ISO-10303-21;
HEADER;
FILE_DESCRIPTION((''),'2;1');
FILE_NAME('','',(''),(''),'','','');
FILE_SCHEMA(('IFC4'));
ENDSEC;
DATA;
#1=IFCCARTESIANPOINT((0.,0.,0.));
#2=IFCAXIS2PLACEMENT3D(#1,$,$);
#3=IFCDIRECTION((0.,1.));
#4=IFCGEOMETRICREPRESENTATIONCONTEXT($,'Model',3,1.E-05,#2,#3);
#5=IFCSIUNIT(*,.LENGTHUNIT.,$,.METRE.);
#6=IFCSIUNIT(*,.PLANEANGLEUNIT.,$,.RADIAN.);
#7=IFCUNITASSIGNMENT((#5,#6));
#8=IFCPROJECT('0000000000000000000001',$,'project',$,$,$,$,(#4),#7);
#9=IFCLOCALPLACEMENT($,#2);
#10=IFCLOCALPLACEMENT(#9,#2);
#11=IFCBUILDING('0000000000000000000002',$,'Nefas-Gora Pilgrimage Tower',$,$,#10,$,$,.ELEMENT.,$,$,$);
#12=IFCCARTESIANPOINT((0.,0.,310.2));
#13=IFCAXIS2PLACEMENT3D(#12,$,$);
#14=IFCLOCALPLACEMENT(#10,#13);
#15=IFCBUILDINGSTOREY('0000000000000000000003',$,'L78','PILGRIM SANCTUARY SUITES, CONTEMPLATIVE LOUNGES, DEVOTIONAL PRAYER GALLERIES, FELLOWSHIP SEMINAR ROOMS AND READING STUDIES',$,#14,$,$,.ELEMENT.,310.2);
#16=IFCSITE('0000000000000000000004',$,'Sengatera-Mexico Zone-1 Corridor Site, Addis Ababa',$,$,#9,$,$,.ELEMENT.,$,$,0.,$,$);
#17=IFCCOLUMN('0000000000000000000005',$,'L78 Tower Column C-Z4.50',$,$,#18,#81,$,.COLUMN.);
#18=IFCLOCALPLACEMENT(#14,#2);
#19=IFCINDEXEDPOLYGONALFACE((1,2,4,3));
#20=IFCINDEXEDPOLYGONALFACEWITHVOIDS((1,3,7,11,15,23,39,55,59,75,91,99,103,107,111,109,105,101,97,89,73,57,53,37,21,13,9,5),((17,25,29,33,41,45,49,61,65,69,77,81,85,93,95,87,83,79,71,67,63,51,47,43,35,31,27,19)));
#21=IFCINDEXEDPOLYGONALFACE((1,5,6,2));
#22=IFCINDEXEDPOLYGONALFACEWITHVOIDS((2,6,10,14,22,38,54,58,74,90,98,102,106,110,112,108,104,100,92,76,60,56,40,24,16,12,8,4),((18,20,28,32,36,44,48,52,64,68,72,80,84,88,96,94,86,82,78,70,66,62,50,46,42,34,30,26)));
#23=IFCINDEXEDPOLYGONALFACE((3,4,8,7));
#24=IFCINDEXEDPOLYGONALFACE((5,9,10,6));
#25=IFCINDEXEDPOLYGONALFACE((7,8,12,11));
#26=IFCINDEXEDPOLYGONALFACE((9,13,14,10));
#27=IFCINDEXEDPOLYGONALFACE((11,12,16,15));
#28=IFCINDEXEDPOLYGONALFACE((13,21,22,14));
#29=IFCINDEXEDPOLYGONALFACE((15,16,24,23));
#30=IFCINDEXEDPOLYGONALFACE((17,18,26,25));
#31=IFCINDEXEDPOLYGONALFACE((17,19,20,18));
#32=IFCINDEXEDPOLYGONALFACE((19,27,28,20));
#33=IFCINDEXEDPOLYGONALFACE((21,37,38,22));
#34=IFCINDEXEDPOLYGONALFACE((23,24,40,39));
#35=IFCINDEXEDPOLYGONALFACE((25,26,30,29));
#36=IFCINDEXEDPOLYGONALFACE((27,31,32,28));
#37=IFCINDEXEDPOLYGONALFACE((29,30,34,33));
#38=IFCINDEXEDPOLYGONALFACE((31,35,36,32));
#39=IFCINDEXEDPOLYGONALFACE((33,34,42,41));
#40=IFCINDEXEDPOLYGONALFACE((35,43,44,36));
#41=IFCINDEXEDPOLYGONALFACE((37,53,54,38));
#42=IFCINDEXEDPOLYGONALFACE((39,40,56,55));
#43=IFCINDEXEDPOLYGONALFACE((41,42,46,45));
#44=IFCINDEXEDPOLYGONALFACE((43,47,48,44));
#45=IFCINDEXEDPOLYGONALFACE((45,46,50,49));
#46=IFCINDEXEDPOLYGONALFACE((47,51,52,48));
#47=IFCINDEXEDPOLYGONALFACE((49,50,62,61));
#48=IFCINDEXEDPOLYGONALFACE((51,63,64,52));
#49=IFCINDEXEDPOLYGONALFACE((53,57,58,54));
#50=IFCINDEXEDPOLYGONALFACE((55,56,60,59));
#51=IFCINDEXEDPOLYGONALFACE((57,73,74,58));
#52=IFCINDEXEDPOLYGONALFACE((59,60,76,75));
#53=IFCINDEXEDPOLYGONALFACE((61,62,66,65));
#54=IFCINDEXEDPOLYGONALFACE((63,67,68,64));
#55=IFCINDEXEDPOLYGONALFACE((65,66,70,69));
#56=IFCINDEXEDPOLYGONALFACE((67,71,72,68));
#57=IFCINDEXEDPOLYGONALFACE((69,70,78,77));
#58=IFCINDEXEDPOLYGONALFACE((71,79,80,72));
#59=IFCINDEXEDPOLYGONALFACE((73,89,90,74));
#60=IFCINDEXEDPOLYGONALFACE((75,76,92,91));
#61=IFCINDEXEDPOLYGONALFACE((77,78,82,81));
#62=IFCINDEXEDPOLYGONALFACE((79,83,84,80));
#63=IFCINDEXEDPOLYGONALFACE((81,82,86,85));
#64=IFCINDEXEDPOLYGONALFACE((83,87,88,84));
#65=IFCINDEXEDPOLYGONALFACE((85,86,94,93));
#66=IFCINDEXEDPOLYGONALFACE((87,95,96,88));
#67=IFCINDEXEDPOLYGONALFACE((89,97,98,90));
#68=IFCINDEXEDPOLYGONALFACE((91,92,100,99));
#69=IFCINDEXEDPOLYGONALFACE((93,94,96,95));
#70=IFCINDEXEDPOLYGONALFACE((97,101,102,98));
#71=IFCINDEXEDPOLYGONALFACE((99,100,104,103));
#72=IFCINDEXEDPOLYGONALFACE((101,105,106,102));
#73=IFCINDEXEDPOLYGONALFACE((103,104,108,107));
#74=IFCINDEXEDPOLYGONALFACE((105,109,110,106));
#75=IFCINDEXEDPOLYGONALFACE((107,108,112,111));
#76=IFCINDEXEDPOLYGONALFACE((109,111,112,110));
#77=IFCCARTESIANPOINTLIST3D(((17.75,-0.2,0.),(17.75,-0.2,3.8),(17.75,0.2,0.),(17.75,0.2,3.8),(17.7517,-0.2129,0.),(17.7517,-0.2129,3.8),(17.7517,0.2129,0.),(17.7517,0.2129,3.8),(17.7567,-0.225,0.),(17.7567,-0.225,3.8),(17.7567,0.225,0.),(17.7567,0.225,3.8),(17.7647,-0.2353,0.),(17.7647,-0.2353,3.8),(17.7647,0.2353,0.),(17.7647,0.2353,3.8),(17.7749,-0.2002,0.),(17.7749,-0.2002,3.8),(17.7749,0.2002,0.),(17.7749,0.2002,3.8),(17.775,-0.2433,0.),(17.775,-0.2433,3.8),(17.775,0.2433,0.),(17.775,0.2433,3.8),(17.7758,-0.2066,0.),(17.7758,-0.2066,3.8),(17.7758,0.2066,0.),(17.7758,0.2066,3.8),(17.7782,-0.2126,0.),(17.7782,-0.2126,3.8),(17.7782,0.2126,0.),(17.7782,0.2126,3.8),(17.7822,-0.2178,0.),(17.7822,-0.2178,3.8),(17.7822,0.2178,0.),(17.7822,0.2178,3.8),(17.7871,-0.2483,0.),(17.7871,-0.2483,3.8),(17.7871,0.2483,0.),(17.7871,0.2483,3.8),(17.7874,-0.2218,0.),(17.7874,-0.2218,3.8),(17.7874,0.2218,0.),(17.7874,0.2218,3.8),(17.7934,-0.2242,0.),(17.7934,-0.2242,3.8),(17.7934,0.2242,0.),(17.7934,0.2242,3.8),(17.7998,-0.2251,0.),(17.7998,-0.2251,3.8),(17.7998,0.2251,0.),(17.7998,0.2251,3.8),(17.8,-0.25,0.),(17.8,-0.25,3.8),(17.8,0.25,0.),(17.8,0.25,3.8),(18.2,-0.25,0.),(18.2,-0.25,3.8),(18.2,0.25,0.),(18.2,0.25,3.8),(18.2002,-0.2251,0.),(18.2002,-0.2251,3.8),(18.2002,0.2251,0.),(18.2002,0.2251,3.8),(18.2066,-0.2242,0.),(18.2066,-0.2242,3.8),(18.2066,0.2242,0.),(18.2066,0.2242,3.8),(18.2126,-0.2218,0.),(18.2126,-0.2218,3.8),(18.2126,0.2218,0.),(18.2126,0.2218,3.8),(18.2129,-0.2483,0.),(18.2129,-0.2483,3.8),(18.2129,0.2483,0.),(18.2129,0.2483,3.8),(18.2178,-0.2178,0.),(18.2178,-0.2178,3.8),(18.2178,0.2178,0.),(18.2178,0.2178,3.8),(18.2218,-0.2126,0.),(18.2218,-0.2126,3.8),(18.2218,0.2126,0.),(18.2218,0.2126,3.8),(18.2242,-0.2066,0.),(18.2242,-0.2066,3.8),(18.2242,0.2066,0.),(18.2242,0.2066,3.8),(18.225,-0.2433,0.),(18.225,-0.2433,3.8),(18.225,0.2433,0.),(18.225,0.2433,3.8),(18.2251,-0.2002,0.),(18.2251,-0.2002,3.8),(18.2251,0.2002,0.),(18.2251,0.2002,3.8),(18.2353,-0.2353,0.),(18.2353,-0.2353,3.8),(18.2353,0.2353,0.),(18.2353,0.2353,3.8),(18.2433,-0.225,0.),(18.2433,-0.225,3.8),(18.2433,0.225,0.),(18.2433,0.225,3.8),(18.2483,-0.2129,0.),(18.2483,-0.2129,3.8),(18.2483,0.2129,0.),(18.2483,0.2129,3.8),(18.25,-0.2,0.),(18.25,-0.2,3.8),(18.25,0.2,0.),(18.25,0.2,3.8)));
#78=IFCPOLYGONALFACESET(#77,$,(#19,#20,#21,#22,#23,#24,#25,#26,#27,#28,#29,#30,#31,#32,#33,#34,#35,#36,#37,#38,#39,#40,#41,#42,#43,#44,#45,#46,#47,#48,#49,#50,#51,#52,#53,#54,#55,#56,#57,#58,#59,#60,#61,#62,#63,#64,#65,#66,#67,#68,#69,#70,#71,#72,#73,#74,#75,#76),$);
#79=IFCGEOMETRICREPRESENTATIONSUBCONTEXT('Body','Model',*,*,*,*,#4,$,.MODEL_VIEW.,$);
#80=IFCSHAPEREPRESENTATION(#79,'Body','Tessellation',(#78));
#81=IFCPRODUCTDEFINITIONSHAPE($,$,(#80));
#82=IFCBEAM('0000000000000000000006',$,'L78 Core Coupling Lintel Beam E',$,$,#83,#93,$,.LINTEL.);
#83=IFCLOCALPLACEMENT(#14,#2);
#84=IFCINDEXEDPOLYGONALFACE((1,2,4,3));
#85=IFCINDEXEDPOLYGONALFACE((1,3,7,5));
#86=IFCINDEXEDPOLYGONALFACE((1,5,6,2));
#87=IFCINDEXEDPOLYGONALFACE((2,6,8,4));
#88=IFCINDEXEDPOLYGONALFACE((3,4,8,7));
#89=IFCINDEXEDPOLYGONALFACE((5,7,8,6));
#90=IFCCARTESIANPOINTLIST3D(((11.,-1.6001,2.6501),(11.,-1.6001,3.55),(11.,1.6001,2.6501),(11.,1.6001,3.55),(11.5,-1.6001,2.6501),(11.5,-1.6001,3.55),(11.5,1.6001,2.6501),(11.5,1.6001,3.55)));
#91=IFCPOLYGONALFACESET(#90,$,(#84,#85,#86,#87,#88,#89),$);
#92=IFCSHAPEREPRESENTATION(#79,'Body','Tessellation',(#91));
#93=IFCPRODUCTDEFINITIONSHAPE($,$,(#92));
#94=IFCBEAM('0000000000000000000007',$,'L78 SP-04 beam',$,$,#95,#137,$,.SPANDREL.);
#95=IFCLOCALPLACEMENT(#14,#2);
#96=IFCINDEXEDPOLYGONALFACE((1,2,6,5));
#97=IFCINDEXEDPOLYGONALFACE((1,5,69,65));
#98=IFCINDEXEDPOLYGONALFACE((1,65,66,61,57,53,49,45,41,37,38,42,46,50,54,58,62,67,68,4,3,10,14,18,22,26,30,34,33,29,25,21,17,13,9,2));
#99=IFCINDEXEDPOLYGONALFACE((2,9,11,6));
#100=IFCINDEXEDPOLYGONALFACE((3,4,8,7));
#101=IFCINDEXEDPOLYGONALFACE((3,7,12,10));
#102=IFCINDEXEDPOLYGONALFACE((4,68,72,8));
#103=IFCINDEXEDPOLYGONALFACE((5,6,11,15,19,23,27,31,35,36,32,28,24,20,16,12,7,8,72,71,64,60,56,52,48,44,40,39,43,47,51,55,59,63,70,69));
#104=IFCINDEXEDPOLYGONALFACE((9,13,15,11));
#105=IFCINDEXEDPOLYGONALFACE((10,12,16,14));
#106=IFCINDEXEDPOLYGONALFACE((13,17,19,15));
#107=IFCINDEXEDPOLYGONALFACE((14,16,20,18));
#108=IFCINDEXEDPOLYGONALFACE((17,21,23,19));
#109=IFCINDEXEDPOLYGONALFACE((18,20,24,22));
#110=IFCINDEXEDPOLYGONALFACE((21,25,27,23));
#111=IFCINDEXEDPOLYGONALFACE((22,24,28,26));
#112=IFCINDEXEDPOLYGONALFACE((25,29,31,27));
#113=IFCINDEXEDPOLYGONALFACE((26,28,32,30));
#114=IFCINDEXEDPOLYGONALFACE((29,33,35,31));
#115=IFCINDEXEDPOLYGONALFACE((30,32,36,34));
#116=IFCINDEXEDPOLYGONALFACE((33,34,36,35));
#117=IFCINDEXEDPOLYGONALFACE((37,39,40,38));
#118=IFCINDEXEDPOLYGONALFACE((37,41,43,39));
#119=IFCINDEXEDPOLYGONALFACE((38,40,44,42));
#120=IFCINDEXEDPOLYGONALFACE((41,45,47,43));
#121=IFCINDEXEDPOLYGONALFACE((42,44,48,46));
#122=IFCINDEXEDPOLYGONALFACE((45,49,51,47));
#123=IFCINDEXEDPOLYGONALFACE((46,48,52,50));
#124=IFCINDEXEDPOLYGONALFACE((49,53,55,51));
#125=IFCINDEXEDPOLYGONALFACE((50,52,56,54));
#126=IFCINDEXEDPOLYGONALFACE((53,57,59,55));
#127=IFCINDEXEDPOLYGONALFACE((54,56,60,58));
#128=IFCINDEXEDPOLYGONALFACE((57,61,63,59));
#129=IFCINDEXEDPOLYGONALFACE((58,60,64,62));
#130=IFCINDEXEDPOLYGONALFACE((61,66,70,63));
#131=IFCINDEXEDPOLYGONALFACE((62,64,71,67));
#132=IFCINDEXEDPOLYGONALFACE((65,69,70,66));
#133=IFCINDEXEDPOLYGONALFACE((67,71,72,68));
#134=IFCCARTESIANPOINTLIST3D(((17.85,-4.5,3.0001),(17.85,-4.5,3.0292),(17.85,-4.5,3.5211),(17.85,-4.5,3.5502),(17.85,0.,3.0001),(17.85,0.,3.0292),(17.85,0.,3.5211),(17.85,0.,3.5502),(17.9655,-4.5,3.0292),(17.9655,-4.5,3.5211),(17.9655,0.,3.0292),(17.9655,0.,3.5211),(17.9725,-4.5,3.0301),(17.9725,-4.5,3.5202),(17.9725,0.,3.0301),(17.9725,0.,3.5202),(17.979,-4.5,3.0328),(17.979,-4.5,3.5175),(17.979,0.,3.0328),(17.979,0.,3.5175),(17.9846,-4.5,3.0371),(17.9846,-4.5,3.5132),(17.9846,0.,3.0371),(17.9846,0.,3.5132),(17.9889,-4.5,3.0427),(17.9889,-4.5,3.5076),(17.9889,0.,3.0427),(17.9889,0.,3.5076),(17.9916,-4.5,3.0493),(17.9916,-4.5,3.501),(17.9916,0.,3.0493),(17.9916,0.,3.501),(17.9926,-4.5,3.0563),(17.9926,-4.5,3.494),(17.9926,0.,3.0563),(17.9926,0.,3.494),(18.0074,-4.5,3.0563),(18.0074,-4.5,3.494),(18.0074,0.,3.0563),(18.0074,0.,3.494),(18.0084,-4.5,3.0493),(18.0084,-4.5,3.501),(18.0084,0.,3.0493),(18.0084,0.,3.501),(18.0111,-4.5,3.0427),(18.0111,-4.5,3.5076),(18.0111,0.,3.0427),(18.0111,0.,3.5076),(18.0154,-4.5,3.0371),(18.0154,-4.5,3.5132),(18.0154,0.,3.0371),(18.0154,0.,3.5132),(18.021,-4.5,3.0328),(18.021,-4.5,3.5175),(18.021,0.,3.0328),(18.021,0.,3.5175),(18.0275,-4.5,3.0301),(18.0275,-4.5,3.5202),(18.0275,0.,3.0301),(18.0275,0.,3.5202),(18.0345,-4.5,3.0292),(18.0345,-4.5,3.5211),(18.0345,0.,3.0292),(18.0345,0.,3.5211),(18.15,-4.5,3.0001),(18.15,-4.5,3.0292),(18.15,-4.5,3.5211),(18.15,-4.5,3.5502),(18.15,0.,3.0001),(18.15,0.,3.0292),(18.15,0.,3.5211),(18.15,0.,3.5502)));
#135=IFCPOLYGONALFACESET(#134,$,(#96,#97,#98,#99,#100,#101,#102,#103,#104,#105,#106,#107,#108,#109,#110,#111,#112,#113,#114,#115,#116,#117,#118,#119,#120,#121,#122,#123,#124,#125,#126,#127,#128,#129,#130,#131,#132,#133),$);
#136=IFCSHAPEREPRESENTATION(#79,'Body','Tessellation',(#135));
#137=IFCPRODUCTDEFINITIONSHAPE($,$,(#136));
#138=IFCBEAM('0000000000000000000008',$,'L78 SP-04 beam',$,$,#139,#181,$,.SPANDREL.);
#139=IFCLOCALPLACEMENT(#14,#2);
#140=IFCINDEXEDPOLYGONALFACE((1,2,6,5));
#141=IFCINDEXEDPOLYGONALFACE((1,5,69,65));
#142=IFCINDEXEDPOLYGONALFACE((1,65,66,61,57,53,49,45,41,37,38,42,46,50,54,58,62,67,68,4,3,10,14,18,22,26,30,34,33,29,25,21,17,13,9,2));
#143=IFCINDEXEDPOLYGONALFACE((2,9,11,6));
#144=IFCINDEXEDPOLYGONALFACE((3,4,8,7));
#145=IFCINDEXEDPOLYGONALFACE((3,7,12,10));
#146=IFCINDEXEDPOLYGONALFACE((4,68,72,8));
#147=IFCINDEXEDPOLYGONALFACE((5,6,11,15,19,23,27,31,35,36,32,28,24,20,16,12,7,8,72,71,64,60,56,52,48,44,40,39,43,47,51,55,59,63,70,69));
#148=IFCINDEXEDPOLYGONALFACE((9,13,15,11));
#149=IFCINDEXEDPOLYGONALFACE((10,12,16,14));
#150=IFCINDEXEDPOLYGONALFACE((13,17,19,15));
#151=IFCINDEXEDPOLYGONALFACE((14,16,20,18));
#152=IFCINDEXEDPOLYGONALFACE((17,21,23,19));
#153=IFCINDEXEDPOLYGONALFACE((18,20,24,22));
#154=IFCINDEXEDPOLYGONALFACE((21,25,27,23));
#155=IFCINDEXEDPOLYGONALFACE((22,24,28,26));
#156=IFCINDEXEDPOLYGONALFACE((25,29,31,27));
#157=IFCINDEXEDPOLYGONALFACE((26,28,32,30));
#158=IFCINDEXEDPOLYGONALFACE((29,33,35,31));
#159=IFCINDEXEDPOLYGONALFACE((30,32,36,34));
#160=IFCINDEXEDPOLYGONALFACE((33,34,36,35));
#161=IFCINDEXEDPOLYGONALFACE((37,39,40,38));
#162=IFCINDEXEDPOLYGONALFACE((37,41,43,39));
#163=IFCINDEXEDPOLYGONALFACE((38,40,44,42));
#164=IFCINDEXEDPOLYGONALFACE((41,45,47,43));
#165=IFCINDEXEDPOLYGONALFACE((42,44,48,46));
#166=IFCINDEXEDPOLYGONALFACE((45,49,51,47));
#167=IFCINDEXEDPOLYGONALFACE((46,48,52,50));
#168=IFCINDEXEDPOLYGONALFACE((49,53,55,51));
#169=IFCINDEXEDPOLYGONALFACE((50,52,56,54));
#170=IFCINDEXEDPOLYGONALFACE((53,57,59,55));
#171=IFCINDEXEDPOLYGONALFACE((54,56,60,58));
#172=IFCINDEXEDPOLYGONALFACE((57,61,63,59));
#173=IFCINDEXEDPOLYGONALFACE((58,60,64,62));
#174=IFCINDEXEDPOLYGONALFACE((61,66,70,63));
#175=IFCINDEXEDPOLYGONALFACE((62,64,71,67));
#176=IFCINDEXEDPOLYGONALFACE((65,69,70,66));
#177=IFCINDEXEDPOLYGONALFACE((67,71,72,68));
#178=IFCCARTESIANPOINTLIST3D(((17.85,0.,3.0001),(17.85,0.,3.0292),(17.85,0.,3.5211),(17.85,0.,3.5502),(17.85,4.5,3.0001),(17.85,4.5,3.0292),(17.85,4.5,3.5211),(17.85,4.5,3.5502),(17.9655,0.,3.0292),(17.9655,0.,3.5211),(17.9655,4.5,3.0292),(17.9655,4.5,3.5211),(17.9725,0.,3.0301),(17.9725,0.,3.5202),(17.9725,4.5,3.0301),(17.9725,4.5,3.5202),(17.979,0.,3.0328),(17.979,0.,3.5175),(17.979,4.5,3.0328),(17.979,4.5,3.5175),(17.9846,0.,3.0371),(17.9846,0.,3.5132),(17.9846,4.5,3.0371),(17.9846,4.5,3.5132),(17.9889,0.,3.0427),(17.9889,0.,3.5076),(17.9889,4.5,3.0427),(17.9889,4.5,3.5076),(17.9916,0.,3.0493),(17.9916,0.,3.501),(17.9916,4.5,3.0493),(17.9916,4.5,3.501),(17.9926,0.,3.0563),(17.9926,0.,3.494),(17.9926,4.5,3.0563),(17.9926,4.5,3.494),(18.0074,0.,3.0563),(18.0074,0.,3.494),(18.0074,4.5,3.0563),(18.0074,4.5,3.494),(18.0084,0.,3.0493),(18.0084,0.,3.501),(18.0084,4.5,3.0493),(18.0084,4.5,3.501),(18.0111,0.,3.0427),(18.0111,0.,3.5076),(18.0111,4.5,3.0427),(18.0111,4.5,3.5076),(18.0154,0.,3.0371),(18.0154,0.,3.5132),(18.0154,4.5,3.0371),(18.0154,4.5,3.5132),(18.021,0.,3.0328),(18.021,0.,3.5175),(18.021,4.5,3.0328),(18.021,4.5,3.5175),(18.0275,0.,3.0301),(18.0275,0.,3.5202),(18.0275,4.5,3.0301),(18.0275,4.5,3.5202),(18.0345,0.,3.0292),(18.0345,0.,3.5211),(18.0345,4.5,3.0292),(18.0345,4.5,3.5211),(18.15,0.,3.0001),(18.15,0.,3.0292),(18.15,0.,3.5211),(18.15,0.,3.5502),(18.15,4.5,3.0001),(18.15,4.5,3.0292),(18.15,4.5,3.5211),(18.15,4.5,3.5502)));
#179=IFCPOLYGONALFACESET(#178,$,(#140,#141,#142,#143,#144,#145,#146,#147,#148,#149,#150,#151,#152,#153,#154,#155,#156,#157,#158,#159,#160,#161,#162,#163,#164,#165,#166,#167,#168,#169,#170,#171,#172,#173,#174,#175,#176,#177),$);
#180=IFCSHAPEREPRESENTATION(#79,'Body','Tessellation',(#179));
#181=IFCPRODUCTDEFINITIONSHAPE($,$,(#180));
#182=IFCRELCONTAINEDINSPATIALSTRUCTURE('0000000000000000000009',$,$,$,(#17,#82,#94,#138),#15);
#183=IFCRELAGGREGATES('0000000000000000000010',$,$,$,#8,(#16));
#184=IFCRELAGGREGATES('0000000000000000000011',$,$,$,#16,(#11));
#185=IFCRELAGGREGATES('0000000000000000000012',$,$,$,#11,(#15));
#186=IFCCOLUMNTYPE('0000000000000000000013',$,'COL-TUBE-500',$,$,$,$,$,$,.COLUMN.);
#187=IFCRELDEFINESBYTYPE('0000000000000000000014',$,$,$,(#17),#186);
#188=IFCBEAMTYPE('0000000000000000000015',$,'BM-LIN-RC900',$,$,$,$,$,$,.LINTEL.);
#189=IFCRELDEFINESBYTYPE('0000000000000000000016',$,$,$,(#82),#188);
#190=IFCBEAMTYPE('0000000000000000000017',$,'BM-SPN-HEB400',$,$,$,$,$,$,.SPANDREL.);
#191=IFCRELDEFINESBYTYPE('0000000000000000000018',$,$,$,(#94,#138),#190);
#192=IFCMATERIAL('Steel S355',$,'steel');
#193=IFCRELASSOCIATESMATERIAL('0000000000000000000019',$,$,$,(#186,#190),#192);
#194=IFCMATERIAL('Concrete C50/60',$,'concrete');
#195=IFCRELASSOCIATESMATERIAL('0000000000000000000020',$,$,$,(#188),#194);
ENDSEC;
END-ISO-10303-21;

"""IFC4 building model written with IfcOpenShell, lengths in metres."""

from ifc_helpers import new_model, si_unit, direction, frame, origin, origin_2d, place, context, subcontext, project, spatial, rectangle, hollow_rectangle, i_section, extrude, source, transform, mapped, material, material_profile, profile_set, type_object, element, save


model = new_model("IFC4")

# Units and contexts
model_context = context("Model", 3, precision=1e-05, world=origin(), true_north=direction((0.0, 1.0)))
body_context = subcontext(model_context, "Body", "Model", "MODEL_VIEW")
ifc_project = project(units=[si_unit("LENGTHUNIT", "METRE"), si_unit("PLANEANGLEUNIT", "RADIAN")], contexts=[model_context])

# Site, building, storey
site_placement = place(None, origin())
site = spatial("IfcSite", under=ifc_project, at=site_placement, Name="Sengatera-Mexico Zone-1 Corridor Site, Addis Ababa", CompositionType="ELEMENT", RefElevation=0.0)
building_placement = place(site_placement, origin())
building = spatial("IfcBuilding", under=site, at=building_placement, Name="Nefas-Gora Pilgrimage Tower", CompositionType="ELEMENT")
storey_placement = place(building_placement, frame((0.0, 0.0, 310.2)))
storey = spatial("IfcBuildingStorey", under=building, at=storey_placement, Name="L78", Description="PILGRIM SANCTUARY SUITES, CONTEMPLATIVE LOUNGES, DEVOTIONAL PRAYER GALLERIES, FELLOWSHIP SEMINAR ROOMS AND READING STUDIES", CompositionType="ELEMENT", Elevation=310.2)

# Column
ifc_material_1 = material(Name="Steel S355", Category="steel")
ifc_material_profile_1 = material_profile(ifc_material_1, hollow_rectangle(XDim=0.5, YDim=0.5, WallThickness=0.0249, InnerFilletRadius=0.0249, OuterFilletRadius=0.05, at=origin_2d()), Name="SHS 500x500x25")
ifc_profile_set_1 = profile_set([ifc_material_profile_1], Name="Steel S355")
column_type_1 = type_object("IfcColumnType", Name="COL-TUBE-500", PredefinedType="COLUMN", material=ifc_profile_set_1)
shared_shape_1 = source(origin(), body_context, "Body", "SweptSolid", [
    extrude(hollow_rectangle(XDim=0.5, YDim=0.5, WallThickness=0.0249, InnerFilletRadius=0.0249, OuterFilletRadius=0.05, at=origin_2d()), origin(), (0.0, 0.0, 1.0), 3.8),
])
for number, where, z_axis, x_axis, name in (
    (1, (18.0, 0.0, 0.0), (0.0, 0.0, 1.0), (1.0, 0.0, 0.0), "L78 Tower Column C-Z4.50"),
):
    element("IfcColumn", number, at=place(storey_placement, frame(where, z_axis=z_axis, x_axis=x_axis)), inside=storey, type_object=column_type_1, Name=name, PredefinedType="COLUMN", context=body_context, shape_type="MappedRepresentation", body=[
        mapped(shared_shape_1, transform((0.0, 0.0, 0.0), x_axis=(1.0, 0.0, 0.0), y_axis=(0.0, 1.0, 0.0), z_axis=(0.0, 0.0, 1.0), scale=1.0)),
    ])

# Beams
ifc_material_2 = material(Name="Concrete C50/60", Category="concrete")
ifc_material_profile_2 = material_profile(ifc_material_2, rectangle(XDim=0.5, YDim=0.8999, at=origin_2d()), Name="RC 500x900")
ifc_profile_set_2 = profile_set([ifc_material_profile_2], Name="Concrete C50/60")
beam_type_1 = type_object("IfcBeamType", Name="BM-LIN-RC900", PredefinedType="LINTEL", material=ifc_profile_set_2)
shared_shape_2 = source(origin(), body_context, "Body", "SweptSolid", [
    extrude(rectangle(XDim=0.5, YDim=0.8999, at=origin_2d()), origin(), (0.0, 0.0, 1.0), 3.2002),
])
beam_placement = place(storey_placement, frame((11.25, -1.6001, 3.1001), z_axis=(0.0, 1.0, 0.0), x_axis=(-1.0, 0.0, 0.0)))
element("IfcBeam", 2, at=beam_placement, inside=storey, type_object=beam_type_1, Name="L78 Core Coupling Lintel Beam E", PredefinedType="LINTEL", context=body_context, shape_type="MappedRepresentation", body=[
    mapped(shared_shape_2, transform((0.0, 0.0, 0.0), x_axis=(1.0, 0.0, 0.0), y_axis=(0.0, 1.0, 0.0), z_axis=(0.0, 0.0, 1.0), scale=1.0)),
])
ifc_material_profile_3 = material_profile(ifc_material_1, i_section(OverallWidth=0.3, OverallDepth=0.55, WebThickness=0.0149, FlangeThickness=0.0291, FilletRadius=0.0271, at=origin_2d()), Name="HEB 550")
ifc_profile_set_3 = profile_set([ifc_material_profile_3], Name="Steel S355")
beam_type_2 = type_object("IfcBeamType", Name="BM-SPN-HEB400", PredefinedType="SPANDREL", material=ifc_profile_set_3)
shared_shape_3 = source(origin(), body_context, "Body", "SweptSolid", [
    extrude(i_section(OverallWidth=0.3, OverallDepth=0.55, WebThickness=0.0149, FlangeThickness=0.0291, FilletRadius=0.0271, at=origin_2d()), origin(), (0.0, 0.0, 1.0), 4.5),
])
for number, where, z_axis, x_axis, name in (
    (3, (18.0, -4.5, 3.2751), (0.0, 1.0, 0.0), (-1.0, 0.0, 0.0), "L78 SP-04 beam"),
    (4, (18.0, 0.0, 3.2751), (0.0, 1.0, 0.0), (-1.0, 0.0, 0.0), "L78 SP-04 beam"),
):
    element("IfcBeam", number, at=place(storey_placement, frame(where, z_axis=z_axis, x_axis=x_axis)), inside=storey, type_object=beam_type_2, Name=name, PredefinedType="SPANDREL", context=body_context, shape_type="MappedRepresentation", body=[
        mapped(shared_shape_3, transform((0.0, 0.0, 0.0), x_axis=(1.0, 0.0, 0.0), y_axis=(0.0, 1.0, 0.0), z_axis=(0.0, 0.0, 1.0), scale=1.0)),
    ])

save(model, "model.ifc")
